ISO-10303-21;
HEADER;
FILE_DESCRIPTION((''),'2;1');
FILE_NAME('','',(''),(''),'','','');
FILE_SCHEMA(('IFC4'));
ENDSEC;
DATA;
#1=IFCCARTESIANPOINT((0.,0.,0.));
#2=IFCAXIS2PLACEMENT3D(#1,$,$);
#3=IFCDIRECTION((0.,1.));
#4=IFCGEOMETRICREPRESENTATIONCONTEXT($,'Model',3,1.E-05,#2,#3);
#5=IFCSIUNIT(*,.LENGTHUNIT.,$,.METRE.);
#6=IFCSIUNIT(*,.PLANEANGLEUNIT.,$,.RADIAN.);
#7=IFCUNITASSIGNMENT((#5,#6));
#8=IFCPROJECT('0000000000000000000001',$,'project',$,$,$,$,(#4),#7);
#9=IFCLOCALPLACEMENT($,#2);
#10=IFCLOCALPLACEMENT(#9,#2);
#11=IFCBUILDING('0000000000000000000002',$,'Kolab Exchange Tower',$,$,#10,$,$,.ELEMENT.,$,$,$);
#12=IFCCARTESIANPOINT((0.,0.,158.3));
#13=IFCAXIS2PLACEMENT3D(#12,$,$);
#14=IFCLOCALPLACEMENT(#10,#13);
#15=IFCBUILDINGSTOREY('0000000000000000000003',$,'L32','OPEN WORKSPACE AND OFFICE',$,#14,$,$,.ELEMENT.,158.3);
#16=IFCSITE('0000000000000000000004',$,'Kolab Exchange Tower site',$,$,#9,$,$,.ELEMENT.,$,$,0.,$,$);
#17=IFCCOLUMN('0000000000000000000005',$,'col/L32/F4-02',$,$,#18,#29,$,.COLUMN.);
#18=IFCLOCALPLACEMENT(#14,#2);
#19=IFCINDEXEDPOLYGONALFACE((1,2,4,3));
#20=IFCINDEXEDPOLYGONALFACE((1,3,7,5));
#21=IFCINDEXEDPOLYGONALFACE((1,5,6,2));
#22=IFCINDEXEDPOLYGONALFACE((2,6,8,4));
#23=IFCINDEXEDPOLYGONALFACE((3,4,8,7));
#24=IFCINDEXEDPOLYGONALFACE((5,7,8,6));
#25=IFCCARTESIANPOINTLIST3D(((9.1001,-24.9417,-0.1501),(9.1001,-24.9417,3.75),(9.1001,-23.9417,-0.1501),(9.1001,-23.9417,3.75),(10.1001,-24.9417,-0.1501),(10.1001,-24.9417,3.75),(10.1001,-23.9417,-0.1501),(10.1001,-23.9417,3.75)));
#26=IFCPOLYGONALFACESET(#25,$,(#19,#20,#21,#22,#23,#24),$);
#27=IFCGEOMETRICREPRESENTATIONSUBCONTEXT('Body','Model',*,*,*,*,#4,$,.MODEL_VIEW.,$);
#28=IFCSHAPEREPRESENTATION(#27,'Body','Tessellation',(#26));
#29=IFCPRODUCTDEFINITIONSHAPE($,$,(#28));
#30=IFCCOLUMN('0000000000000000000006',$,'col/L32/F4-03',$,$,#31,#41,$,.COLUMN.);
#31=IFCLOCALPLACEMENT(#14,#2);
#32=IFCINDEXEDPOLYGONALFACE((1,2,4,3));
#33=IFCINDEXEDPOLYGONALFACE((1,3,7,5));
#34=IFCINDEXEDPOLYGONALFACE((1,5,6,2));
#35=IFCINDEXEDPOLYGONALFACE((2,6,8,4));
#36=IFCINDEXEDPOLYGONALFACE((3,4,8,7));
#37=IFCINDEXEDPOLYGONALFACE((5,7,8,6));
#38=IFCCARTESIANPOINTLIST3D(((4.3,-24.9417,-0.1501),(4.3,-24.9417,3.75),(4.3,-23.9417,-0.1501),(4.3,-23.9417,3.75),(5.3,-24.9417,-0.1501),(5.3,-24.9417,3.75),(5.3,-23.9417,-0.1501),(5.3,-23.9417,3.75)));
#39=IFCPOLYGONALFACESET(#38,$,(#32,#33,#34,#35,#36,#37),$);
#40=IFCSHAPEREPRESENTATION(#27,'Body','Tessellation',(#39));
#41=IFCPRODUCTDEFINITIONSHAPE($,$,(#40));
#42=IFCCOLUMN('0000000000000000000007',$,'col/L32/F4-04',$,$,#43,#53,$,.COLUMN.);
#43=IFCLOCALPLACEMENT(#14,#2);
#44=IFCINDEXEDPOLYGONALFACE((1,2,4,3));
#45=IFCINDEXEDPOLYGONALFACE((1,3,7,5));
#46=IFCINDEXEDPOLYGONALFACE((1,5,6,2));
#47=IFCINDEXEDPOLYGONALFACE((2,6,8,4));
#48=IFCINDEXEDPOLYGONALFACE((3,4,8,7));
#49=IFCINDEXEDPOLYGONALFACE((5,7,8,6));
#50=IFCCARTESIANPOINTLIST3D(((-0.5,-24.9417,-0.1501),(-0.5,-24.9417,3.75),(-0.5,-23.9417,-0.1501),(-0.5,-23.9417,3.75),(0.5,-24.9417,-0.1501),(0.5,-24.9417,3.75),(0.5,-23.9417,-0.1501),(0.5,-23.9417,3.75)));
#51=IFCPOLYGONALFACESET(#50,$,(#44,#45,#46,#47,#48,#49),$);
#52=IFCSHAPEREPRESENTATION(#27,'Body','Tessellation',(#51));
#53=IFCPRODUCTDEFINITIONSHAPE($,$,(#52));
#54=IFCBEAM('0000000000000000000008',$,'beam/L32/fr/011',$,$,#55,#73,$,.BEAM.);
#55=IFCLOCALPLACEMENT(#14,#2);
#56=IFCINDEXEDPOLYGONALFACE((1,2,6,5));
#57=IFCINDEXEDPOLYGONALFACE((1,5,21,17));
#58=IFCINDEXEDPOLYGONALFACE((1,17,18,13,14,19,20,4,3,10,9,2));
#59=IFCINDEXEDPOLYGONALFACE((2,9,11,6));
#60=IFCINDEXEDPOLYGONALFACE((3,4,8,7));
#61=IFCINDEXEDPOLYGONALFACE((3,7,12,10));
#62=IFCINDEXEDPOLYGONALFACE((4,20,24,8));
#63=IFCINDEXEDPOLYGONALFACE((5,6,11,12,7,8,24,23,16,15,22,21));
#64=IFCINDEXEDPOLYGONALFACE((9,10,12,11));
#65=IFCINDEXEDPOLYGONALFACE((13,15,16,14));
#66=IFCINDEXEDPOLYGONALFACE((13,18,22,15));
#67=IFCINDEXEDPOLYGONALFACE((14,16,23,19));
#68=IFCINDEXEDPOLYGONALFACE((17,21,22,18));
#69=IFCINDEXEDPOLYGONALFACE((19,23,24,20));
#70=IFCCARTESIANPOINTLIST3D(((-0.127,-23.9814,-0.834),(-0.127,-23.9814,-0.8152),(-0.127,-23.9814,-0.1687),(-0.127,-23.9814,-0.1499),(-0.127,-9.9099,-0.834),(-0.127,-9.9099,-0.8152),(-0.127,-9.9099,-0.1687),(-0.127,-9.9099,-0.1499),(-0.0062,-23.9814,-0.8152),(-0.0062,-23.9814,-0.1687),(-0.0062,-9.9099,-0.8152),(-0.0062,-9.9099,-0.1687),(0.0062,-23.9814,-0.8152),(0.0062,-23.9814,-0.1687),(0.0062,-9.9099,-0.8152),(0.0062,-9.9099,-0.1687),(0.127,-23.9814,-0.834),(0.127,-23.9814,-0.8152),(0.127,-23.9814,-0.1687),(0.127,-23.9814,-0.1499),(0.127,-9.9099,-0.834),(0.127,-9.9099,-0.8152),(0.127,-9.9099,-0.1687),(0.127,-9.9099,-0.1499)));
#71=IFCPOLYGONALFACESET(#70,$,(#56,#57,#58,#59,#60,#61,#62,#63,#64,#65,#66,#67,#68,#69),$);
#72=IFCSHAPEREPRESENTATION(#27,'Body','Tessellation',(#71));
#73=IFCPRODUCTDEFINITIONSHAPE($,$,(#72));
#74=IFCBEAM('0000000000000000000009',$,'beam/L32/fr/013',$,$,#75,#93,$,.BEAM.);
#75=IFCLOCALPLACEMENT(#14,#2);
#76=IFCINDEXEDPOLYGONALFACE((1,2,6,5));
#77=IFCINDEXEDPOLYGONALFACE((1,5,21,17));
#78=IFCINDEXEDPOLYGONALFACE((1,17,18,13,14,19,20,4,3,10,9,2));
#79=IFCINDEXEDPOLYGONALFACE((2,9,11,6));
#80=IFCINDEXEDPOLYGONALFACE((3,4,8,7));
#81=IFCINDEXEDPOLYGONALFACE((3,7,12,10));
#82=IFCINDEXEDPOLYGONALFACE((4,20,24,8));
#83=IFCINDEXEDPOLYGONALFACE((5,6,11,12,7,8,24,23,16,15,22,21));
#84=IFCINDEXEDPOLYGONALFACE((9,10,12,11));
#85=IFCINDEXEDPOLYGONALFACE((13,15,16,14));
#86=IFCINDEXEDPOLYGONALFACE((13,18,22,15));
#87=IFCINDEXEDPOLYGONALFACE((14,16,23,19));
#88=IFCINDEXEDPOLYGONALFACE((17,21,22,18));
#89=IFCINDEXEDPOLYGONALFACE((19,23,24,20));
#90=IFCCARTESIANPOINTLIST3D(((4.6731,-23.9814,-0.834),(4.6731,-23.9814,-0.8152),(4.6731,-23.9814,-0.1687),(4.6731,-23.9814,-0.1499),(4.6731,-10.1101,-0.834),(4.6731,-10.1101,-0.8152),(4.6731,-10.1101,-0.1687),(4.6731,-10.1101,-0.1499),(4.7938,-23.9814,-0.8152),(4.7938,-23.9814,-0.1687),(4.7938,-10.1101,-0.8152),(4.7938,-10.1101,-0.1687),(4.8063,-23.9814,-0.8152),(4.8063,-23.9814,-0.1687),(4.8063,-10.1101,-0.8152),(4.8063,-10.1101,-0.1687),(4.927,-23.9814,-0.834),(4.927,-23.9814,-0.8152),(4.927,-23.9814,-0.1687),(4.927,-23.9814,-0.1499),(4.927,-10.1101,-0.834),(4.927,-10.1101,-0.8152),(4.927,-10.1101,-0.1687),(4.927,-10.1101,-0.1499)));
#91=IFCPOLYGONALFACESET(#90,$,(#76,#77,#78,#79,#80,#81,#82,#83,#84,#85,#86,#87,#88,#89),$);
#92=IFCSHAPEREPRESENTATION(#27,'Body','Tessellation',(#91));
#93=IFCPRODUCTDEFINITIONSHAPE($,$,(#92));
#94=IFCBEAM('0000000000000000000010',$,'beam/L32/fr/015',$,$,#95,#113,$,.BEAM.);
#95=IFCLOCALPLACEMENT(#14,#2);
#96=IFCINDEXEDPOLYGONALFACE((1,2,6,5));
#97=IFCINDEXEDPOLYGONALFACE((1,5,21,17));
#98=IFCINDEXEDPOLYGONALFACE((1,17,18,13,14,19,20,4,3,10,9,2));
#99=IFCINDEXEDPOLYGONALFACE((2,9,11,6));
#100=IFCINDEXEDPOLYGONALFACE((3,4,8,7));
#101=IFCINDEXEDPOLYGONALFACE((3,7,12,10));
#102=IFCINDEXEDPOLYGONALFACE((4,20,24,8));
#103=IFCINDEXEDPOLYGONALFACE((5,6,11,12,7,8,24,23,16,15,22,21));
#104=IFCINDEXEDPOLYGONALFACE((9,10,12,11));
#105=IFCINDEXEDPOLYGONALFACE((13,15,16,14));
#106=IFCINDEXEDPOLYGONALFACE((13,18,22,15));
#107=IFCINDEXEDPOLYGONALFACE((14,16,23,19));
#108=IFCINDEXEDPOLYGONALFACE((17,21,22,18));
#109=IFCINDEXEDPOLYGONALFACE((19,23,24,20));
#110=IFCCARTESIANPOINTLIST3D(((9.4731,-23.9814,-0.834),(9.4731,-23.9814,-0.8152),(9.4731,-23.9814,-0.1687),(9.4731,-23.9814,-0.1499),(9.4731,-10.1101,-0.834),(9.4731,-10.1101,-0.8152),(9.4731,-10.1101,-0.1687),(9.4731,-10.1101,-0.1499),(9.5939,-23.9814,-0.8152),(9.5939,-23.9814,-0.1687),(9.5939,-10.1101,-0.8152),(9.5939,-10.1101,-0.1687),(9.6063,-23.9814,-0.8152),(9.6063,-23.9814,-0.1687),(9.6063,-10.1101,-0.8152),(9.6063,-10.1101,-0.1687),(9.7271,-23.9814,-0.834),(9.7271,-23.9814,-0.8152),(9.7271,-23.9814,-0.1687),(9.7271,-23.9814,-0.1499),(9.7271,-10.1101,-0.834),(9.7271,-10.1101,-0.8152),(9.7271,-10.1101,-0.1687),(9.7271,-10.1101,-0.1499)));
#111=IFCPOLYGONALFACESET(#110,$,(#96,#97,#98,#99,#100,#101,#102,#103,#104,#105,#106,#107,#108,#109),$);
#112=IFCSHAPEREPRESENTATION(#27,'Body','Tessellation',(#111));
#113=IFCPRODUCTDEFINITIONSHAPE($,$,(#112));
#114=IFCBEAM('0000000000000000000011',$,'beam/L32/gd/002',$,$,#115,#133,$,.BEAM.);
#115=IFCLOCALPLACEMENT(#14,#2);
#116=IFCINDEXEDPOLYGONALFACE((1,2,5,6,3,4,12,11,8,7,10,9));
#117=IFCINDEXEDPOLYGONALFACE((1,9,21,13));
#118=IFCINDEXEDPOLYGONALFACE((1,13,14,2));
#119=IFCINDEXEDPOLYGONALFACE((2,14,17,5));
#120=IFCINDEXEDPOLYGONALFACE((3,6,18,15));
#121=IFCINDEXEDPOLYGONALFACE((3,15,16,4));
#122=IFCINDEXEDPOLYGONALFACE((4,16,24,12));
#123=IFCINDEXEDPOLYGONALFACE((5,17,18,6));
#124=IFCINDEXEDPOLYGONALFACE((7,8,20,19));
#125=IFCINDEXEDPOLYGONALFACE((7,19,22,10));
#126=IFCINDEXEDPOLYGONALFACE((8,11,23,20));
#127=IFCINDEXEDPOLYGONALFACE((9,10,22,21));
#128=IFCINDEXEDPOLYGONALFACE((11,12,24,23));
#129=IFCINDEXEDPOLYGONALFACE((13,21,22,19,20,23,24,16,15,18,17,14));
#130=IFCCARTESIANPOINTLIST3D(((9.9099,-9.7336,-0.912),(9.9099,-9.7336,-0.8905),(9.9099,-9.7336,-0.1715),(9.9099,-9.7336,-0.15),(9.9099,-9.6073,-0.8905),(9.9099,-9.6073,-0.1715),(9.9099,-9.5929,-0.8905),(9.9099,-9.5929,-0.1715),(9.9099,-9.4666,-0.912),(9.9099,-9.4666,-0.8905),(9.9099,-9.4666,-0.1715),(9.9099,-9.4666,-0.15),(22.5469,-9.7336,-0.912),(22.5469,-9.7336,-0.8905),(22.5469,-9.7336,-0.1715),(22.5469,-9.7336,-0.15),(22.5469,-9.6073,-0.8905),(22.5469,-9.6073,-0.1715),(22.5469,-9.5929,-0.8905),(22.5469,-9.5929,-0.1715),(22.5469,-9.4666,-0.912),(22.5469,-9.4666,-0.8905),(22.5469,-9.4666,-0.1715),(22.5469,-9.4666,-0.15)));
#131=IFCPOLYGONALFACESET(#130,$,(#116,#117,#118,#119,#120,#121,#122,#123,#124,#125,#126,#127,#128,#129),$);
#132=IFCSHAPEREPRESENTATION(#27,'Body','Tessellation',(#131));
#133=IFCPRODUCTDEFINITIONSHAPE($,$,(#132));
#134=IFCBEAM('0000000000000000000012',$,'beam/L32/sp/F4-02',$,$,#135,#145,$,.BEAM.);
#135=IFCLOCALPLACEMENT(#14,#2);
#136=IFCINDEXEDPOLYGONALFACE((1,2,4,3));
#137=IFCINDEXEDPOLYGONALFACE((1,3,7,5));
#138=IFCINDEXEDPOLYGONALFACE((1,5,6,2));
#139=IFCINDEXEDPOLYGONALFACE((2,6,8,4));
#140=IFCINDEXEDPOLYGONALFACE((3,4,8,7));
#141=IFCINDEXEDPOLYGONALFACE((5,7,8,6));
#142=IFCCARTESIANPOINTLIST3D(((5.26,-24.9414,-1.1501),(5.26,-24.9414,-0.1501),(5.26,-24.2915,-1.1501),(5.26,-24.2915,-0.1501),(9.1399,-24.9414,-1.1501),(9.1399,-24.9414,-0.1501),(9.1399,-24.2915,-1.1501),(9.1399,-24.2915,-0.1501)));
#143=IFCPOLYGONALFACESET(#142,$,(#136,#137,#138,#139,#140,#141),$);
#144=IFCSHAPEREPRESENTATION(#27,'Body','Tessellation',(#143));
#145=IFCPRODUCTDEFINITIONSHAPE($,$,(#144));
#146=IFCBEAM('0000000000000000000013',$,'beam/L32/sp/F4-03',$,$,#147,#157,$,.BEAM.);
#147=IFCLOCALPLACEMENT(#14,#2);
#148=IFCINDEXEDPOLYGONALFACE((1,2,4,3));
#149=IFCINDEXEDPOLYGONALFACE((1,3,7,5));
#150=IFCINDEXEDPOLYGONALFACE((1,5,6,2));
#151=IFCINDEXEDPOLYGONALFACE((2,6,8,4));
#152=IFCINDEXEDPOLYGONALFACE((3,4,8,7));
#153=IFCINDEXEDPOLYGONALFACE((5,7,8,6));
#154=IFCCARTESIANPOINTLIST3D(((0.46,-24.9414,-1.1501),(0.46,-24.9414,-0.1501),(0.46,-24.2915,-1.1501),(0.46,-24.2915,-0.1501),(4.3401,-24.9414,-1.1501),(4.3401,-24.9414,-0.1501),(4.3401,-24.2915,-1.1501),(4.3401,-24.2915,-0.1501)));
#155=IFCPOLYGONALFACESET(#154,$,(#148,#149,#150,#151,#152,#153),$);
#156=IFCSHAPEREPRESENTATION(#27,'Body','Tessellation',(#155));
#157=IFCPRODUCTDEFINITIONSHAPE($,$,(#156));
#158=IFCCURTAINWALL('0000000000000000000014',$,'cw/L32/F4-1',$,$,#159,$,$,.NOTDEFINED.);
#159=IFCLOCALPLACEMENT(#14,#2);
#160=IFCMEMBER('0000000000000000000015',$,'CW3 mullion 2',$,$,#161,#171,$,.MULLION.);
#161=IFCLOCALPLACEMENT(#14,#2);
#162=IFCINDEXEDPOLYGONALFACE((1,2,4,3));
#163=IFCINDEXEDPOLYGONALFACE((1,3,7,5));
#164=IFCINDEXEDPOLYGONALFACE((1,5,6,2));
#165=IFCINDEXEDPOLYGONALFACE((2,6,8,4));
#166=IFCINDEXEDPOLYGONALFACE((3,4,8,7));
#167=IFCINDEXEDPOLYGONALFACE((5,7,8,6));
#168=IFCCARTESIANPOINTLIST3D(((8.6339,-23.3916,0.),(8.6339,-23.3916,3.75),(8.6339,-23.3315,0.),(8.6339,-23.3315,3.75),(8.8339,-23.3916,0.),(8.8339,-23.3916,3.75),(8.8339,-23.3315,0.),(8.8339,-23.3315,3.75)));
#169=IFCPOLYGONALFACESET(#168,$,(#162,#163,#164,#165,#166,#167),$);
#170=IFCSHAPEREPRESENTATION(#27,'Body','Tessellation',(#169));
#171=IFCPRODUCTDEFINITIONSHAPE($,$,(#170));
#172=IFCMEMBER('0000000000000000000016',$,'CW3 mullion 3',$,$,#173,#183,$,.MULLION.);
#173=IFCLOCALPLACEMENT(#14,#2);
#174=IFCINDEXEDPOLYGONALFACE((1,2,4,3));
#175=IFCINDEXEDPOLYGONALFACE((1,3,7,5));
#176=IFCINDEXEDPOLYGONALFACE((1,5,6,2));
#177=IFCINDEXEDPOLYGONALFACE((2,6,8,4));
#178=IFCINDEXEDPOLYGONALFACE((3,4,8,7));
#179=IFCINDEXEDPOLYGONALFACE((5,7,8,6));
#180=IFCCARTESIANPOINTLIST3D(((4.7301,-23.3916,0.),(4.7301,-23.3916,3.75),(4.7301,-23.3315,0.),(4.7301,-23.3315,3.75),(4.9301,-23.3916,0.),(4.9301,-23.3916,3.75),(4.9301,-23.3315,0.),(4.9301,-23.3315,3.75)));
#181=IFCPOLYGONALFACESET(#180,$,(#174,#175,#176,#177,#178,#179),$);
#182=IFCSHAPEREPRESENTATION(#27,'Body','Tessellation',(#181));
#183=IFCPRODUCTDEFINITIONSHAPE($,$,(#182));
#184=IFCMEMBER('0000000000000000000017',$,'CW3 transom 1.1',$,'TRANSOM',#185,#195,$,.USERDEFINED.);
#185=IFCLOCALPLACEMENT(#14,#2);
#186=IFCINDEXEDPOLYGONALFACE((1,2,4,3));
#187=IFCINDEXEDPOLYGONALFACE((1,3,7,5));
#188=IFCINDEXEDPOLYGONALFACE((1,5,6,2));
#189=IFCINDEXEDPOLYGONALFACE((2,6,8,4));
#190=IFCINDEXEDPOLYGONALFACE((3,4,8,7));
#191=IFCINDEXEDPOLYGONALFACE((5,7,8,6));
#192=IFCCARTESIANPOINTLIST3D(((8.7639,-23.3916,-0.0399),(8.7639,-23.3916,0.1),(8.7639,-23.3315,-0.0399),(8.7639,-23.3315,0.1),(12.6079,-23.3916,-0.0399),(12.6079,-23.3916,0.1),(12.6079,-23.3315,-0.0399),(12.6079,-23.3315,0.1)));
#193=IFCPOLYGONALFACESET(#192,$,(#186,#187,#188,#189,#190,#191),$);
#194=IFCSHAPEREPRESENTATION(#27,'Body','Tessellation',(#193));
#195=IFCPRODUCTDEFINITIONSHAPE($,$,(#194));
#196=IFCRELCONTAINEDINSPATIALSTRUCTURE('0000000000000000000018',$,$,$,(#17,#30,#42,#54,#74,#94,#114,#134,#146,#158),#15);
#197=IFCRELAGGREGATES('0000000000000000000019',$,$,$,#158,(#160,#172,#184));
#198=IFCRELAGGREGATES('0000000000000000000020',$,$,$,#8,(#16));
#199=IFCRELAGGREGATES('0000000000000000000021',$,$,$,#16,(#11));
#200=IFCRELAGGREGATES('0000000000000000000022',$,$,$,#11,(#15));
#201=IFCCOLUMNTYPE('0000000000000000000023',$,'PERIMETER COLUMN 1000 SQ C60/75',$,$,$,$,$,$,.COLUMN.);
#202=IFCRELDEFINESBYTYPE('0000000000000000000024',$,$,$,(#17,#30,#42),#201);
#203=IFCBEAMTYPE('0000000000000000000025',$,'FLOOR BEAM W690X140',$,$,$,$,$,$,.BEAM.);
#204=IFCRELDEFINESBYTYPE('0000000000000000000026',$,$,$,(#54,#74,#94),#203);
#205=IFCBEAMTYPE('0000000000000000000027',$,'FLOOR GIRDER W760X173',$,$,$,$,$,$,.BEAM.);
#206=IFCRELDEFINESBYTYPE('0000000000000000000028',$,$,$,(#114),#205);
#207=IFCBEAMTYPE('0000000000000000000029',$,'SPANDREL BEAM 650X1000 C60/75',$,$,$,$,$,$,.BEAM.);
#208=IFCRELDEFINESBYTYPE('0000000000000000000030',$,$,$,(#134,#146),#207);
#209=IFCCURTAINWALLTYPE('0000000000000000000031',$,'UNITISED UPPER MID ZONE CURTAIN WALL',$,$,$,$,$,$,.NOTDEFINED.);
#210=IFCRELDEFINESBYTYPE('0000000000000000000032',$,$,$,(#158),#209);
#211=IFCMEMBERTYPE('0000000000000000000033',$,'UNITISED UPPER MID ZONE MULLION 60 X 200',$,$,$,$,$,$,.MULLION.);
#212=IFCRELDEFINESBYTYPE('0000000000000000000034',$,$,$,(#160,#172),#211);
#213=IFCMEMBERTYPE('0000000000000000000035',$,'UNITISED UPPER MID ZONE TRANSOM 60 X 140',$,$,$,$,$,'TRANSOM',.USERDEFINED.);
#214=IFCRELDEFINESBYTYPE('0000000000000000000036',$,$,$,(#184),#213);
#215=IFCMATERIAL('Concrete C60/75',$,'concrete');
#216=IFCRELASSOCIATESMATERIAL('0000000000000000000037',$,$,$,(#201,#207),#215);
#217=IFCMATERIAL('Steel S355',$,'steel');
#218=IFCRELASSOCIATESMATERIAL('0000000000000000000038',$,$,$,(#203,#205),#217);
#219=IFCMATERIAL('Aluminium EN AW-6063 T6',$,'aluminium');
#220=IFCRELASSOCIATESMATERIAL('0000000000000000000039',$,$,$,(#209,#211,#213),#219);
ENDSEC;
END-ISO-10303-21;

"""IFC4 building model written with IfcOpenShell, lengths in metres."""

from ifc_helpers import new_model, si_unit, direction, frame, origin, origin_2d, place, context, subcontext, project, spatial, rectangle, i_section, extrude, material, material_profile, profile_set, type_object, element, aggregate, save


model = new_model("IFC4")

# Units and contexts
model_context = context("Model", 3, precision=1e-05, world=origin(), true_north=direction((0.0, 1.0)))
body_context = subcontext(model_context, "Body", "Model", "MODEL_VIEW")
ifc_project = project(units=[si_unit("LENGTHUNIT", "METRE"), si_unit("PLANEANGLEUNIT", "RADIAN")], contexts=[model_context])

# Site, building, storey
site_placement = place(None, origin())
site = spatial("IfcSite", under=ifc_project, at=site_placement, Name="Kolab Exchange Tower site", CompositionType="ELEMENT", RefElevation=0.0)
building_placement = place(site_placement, origin())
building = spatial("IfcBuilding", under=site, at=building_placement, Name="Kolab Exchange Tower", CompositionType="ELEMENT")
storey_placement = place(building_placement, frame((0.0, 0.0, 158.3)))
storey = spatial("IfcBuildingStorey", under=building, at=storey_placement, Name="L32", Description="OPEN WORKSPACE AND OFFICE", CompositionType="ELEMENT", Elevation=158.3)

# Columns
ifc_material_1 = material(Name="Concrete C60/75", Category="concrete")
ifc_material_profile_1 = material_profile(ifc_material_1, rectangle(XDim=1.0, YDim=1.0, at=origin_2d()), Name="RC1000")
ifc_profile_set_1 = profile_set([ifc_material_profile_1], Name="Concrete C60/75")
column_type = type_object("IfcColumnType", Name="PERIMETER COLUMN 1000 SQ C60/75", PredefinedType="COLUMN", material=ifc_profile_set_1)
for number, where, z_axis, x_axis, name in (
    (1, (9.6001, -24.4417, -0.1501), (0.0, 0.0, 1.0), (1.0, 0.0, 0.0), "col/L32/F4-02"),
    (2, (4.8, -24.4417, -0.1501), (0.0, 0.0, 1.0), (1.0, 0.0, 0.0), "col/L32/F4-03"),
    (3, (0.0, -24.4417, -0.1501), (0.0, 0.0, 1.0), (1.0, 0.0, 0.0), "col/L32/F4-04"),
):
    element("IfcColumn", number, at=place(storey_placement, frame(where, z_axis=z_axis, x_axis=x_axis)), inside=storey, type_object=column_type, Name=name, PredefinedType="COLUMN", context=body_context, shape_type="SweptSolid", body=[
        extrude(rectangle(XDim=1.0, YDim=1.0, at=origin_2d()), origin(), (0.0, 0.0, 1.0), 3.9001),
    ])

# Beams
ifc_material_2 = material(Name="Steel S355", Category="steel")
ifc_material_profile_2 = material_profile(ifc_material_2, i_section(OverallWidth=0.2539, OverallDepth=0.6841, WebThickness=0.0125, FlangeThickness=0.0188, at=origin_2d()), Name="W690X140")
ifc_profile_set_2 = profile_set([ifc_material_profile_2], Name="Steel S355")
beam_type_1 = type_object("IfcBeamType", Name="FLOOR BEAM W690X140", PredefinedType="BEAM", material=ifc_profile_set_2)
beam_1_placement = place(storey_placement, frame((0.0, -23.9814, -0.4919), z_axis=(0.0, 1.0, 0.0), x_axis=(-1.0, 0.0, 0.0)))
element("IfcBeam", 4, at=beam_1_placement, inside=storey, type_object=beam_type_1, Name="beam/L32/fr/011", PredefinedType="BEAM", context=body_context, shape_type="SweptSolid", body=[
    extrude(i_section(OverallWidth=0.2539, OverallDepth=0.6841, WebThickness=0.0125, FlangeThickness=0.0188, at=origin_2d()), origin(), (0.0, 0.0, 1.0), 14.0715),
])
for number, where, z_axis, x_axis, name in (
    (5, (4.8, -23.9814, -0.4919), (0.0, 1.0, 0.0), (-1.0, 0.0, 0.0), "beam/L32/fr/013"),
    (6, (9.6001, -23.9814, -0.4919), (0.0, 1.0, 0.0), (-1.0, 0.0, 0.0), "beam/L32/fr/015"),
):
    element("IfcBeam", number, at=place(storey_placement, frame(where, z_axis=z_axis, x_axis=x_axis)), inside=storey, type_object=beam_type_1, Name=name, PredefinedType="BEAM", context=body_context, shape_type="SweptSolid", body=[
        extrude(i_section(OverallWidth=0.2539, OverallDepth=0.6841, WebThickness=0.0125, FlangeThickness=0.0188, at=origin_2d()), origin(), (0.0, 0.0, 1.0), 13.8713),
    ])
ifc_material_profile_3 = material_profile(ifc_material_2, i_section(OverallWidth=0.2671, OverallDepth=0.762, WebThickness=0.0144, FlangeThickness=0.0215, at=origin_2d()), Name="W760X173")
ifc_profile_set_3 = profile_set([ifc_material_profile_3], Name="Steel S355")
beam_type_2 = type_object("IfcBeamType", Name="FLOOR GIRDER W760X173", PredefinedType="BEAM", material=ifc_profile_set_3)
beam_2_placement = place(storey_placement, frame((9.9099, -9.6001, -0.531), z_axis=(1.0, 0.0, 0.0), x_axis=(0.0, 1.0, 0.0)))
element("IfcBeam", 7, at=beam_2_placement, inside=storey, type_object=beam_type_2, Name="beam/L32/gd/002", PredefinedType="BEAM", context=body_context, shape_type="SweptSolid", body=[
    extrude(i_section(OverallWidth=0.2671, OverallDepth=0.762, WebThickness=0.0144, FlangeThickness=0.0215, at=origin_2d()), origin(), (0.0, 0.0, 1.0), 12.637),
])
ifc_material_profile_4 = material_profile(ifc_material_1, rectangle(XDim=0.6499, YDim=1.0, at=origin_2d()), Name="RC650X1000")
ifc_profile_set_4 = profile_set([ifc_material_profile_4], Name="Concrete C60/75")
beam_type_3 = type_object("IfcBeamType", Name="SPANDREL BEAM 650X1000 C60/75", PredefinedType="BEAM", material=ifc_profile_set_4)
beam_3_placement = place(storey_placement, frame((9.1399, -24.6165, -0.6501), z_axis=(-1.0, 0.0, 0.0), x_axis=(0.0, -1.0, 0.0)))
element("IfcBeam", 8, at=beam_3_placement, inside=storey, type_object=beam_type_3, Name="beam/L32/sp/F4-02", PredefinedType="BEAM", context=body_context, shape_type="SweptSolid", body=[
    extrude(rectangle(XDim=0.6499, YDim=1.0, at=origin_2d()), origin(), (0.0, 0.0, 1.0), 3.8799),
])
beam_4_placement = place(storey_placement, frame((4.3401, -24.6165, -0.6501), z_axis=(-1.0, 0.0, 0.0), x_axis=(0.0, -1.0, 0.0)))
element("IfcBeam", 9, at=beam_4_placement, inside=storey, type_object=beam_type_3, Name="beam/L32/sp/F4-03", PredefinedType="BEAM", context=body_context, shape_type="SweptSolid", body=[
    extrude(rectangle(XDim=0.6499, YDim=1.0, at=origin_2d()), origin(), (0.0, 0.0, 1.0), 3.8801),
])

# Curtain wall, members
ifc_material_3 = material(Name="Aluminium EN AW-6063 T6", Category="aluminium")
curtain_wall_type = type_object("IfcCurtainWallType", Name="UNITISED UPPER MID ZONE CURTAIN WALL", PredefinedType="NOTDEFINED", material=ifc_material_3)
curtain_wall_placement = place(storey_placement, origin())
curtain_wall = element("IfcCurtainWall", 10, at=curtain_wall_placement, inside=storey, type_object=curtain_wall_type, Name="cw/L32/F4-1", PredefinedType="NOTDEFINED")
ifc_material_profile_5 = material_profile(ifc_material_3, rectangle(XDim=0.0601, YDim=0.2, at=origin_2d()), Name="RECT 60X200")
ifc_profile_set_5 = profile_set([ifc_material_profile_5], Name="Aluminium EN AW-6063 T6")
member_type_1 = type_object("IfcMemberType", Name="UNITISED UPPER MID ZONE MULLION 60 X 200", PredefinedType="MULLION", material=ifc_profile_set_5)
member_1_placement = place(storey_placement, frame((8.7339, -23.3616, 0.0), z_axis=(0.0, 0.0, 1.0), x_axis=(0.0, -1.0, 0.0)))
member_1 = element("IfcMember", 11, at=member_1_placement, type_object=member_type_1, Name="CW3 mullion 2", PredefinedType="MULLION", context=body_context, shape_type="SweptSolid", body=[
    extrude(rectangle(XDim=0.0601, YDim=0.2, at=origin_2d()), origin(), (0.0, 0.0, 1.0), 3.75),
])
member_2_placement = place(storey_placement, frame((4.8301, -23.3616, 0.0), z_axis=(0.0, 0.0, 1.0), x_axis=(0.0, -1.0, 0.0)))
member_2 = element("IfcMember", 12, at=member_2_placement, type_object=member_type_1, Name="CW3 mullion 3", PredefinedType="MULLION", context=body_context, shape_type="SweptSolid", body=[
    extrude(rectangle(XDim=0.0601, YDim=0.2, at=origin_2d()), origin(), (0.0, 0.0, 1.0), 3.75),
])
ifc_material_profile_6 = material_profile(ifc_material_3, rectangle(XDim=0.0601, YDim=0.1399, at=origin_2d()), Name="RECT 60X140")
ifc_profile_set_6 = profile_set([ifc_material_profile_6], Name="Aluminium EN AW-6063 T6")
member_type_2 = type_object("IfcMemberType", Name="UNITISED UPPER MID ZONE TRANSOM 60 X 140", ElementType="TRANSOM", PredefinedType="USERDEFINED", material=ifc_profile_set_6)
member_3_placement = place(storey_placement, frame((12.6079, -23.3616, 0.03), z_axis=(-1.0, 0.0, 0.0), x_axis=(0.0, -1.0, 0.0)))
member_3 = element("IfcMember", 13, at=member_3_placement, type_object=member_type_2, Name="CW3 transom 1.1", ObjectType="TRANSOM", PredefinedType="USERDEFINED", context=body_context, shape_type="SweptSolid", body=[
    extrude(rectangle(XDim=0.0601, YDim=0.1399, at=origin_2d()), origin(), (0.0, 0.0, 1.0), 3.844),
])
aggregate(curtain_wall, [member_1, member_2, member_3])

save(model, "model.ifc")
